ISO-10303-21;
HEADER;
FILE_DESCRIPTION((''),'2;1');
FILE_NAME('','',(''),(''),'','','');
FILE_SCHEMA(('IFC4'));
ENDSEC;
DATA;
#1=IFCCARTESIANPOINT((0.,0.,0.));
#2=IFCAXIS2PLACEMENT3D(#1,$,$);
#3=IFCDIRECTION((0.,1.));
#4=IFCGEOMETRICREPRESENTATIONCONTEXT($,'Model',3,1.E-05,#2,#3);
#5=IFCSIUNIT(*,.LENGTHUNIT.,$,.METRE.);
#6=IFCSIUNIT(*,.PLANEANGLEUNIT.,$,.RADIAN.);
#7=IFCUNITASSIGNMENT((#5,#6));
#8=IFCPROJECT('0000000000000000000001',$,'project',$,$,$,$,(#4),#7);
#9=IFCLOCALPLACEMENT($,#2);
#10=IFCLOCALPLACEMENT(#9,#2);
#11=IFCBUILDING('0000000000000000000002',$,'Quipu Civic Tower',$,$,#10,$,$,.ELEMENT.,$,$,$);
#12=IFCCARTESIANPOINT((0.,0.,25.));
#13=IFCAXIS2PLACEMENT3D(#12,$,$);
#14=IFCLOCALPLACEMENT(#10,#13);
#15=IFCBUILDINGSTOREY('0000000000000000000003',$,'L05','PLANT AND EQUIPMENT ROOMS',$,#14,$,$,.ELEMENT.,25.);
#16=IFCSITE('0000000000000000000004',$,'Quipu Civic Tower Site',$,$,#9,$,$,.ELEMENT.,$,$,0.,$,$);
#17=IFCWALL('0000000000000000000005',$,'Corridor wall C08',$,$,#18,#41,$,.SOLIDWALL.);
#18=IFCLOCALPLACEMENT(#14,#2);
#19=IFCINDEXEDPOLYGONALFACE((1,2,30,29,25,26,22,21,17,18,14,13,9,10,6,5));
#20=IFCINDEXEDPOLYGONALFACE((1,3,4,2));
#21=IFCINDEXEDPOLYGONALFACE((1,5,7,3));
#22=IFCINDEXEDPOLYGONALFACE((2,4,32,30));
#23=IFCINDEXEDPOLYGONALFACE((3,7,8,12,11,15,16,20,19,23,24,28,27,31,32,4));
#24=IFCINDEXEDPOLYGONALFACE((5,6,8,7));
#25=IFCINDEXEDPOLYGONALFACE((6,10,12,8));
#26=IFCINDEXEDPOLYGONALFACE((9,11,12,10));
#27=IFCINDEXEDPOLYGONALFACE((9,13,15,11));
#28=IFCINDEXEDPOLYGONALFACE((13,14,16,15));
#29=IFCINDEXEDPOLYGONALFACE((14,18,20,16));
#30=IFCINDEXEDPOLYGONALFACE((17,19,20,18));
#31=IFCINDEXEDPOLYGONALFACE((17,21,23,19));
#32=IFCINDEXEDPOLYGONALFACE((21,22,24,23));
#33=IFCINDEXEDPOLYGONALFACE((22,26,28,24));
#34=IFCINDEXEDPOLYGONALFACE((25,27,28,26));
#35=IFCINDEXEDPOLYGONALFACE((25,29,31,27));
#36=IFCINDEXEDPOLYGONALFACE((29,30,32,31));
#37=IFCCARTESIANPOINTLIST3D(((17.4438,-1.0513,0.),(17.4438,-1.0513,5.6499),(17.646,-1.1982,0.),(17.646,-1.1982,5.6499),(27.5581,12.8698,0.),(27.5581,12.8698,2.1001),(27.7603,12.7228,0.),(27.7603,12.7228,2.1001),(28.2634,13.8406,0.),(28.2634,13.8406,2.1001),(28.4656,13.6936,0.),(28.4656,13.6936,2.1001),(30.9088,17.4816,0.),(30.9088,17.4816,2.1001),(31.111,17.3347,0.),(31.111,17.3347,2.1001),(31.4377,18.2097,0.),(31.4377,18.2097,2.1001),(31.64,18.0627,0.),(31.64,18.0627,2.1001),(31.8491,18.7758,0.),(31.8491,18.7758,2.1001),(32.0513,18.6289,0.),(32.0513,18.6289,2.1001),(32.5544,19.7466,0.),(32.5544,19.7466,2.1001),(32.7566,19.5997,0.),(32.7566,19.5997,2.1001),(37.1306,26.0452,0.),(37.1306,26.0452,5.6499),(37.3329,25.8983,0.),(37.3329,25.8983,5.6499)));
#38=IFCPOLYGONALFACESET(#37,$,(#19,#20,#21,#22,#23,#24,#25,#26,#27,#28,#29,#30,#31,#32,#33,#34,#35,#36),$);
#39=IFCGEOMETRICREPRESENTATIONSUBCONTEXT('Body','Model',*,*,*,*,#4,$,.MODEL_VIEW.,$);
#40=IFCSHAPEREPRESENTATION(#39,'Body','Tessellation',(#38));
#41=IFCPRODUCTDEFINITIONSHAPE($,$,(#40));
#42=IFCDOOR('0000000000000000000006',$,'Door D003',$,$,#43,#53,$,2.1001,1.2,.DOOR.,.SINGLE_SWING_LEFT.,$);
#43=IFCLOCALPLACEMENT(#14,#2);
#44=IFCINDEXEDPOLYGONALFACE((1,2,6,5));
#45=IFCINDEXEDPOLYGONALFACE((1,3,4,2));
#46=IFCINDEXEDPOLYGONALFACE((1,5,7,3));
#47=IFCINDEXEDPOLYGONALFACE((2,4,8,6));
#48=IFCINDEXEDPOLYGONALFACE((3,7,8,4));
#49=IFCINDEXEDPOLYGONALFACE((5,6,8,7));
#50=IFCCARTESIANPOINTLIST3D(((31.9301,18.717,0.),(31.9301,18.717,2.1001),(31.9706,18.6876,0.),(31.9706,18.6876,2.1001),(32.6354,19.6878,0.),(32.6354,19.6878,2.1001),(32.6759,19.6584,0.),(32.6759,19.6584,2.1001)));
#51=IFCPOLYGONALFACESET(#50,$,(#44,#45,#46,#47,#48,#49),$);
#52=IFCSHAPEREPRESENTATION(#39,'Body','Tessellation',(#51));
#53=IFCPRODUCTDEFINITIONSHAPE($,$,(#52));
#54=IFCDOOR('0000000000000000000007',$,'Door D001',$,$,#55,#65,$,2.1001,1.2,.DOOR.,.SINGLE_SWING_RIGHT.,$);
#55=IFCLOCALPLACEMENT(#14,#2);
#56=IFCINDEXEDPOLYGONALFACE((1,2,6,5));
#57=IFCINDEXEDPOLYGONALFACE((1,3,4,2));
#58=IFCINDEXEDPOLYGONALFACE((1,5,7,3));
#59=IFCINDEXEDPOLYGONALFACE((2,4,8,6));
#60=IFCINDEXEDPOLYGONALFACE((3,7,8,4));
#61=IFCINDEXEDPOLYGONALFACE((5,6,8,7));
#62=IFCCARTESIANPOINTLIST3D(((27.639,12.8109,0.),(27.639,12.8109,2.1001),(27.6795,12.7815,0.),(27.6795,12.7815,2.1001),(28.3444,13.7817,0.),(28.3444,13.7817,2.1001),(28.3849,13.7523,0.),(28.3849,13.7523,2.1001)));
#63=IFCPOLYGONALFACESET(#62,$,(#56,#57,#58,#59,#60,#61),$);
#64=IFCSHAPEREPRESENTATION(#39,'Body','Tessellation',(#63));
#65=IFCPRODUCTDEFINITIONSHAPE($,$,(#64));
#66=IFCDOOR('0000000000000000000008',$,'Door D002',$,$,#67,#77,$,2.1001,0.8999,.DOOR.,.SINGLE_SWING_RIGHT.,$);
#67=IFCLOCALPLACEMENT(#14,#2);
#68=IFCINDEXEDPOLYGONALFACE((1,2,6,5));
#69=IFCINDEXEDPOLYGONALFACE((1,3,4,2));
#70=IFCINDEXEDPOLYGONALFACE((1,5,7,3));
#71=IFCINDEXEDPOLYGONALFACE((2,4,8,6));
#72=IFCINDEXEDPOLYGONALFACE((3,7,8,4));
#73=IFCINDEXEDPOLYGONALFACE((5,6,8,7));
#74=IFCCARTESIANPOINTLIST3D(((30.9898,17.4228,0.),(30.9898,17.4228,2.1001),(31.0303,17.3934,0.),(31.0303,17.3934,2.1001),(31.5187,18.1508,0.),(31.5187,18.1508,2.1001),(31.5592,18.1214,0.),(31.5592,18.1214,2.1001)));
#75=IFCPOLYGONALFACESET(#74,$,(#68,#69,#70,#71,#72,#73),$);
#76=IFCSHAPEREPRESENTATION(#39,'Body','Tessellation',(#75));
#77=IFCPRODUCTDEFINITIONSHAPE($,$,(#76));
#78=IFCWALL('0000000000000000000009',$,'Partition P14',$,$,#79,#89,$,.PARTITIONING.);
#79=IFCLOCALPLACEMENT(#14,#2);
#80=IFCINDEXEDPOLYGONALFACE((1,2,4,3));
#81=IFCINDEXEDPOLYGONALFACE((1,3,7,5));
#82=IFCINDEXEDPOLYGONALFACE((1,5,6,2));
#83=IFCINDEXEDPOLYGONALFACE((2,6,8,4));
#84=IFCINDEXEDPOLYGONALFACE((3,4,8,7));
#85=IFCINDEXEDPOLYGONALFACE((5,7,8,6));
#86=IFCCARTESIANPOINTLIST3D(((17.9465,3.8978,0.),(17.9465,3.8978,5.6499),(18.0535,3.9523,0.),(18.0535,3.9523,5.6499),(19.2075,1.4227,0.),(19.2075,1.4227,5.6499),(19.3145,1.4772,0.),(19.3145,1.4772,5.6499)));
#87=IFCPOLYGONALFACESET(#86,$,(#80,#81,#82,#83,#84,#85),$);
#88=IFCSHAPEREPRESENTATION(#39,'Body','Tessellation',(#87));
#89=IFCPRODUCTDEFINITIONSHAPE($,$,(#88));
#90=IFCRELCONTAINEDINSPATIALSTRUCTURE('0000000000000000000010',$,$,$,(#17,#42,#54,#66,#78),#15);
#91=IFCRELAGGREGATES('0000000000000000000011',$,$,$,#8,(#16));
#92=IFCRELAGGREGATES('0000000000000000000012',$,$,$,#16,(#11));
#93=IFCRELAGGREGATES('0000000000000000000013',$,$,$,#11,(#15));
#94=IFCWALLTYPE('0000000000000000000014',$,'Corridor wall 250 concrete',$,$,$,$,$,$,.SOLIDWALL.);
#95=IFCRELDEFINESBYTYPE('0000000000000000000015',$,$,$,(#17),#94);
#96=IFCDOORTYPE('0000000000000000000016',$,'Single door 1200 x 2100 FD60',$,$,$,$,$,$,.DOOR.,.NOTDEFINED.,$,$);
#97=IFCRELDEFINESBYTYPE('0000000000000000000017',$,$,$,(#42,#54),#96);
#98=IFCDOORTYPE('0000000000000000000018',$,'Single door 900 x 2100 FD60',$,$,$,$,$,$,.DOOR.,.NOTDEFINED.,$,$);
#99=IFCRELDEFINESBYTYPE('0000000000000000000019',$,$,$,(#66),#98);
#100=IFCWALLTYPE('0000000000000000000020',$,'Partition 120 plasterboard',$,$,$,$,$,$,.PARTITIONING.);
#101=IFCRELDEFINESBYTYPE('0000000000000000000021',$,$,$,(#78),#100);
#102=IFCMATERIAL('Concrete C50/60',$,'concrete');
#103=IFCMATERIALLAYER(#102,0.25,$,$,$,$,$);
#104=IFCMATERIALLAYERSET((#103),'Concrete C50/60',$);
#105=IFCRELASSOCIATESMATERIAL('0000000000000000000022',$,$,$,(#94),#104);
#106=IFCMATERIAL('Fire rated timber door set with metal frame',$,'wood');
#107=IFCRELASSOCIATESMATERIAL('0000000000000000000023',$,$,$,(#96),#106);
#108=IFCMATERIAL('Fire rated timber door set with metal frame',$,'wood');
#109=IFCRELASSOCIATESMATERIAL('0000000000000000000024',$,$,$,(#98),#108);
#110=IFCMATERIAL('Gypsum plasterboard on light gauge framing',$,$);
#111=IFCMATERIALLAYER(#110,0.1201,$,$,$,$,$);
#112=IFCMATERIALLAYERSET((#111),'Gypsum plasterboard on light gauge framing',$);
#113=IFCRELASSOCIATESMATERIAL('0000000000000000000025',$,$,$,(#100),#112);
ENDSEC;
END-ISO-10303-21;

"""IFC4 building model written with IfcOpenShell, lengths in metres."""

from ifc_helpers import new_model, si_unit, direction, frame, frame_2d, origin, place, context, subcontext, project, spatial, rectangle, extrude, material, layer, layer_set, type_object, element, fill, save


model = new_model("IFC4")

# Units and contexts
model_context = context("Model", 3, precision=1e-05, world=origin(), true_north=direction((0.0, 1.0)))
body_context = subcontext(model_context, "Body", "Model", "MODEL_VIEW")
ifc_project = project(units=[si_unit("LENGTHUNIT", "METRE"), si_unit("PLANEANGLEUNIT", "RADIAN")], contexts=[model_context])

# Site, building, storey
site_placement = place(None, origin())
site = spatial("IfcSite", under=ifc_project, at=site_placement, Name="Quipu Civic Tower Site", CompositionType="ELEMENT", RefElevation=0.0)
building_placement = place(site_placement, origin())
building = spatial("IfcBuilding", under=site, at=building_placement, Name="Quipu Civic Tower", CompositionType="ELEMENT")
storey_placement = place(building_placement, frame((0.0, 0.0, 25.0)))
storey = spatial("IfcBuildingStorey", under=building, at=storey_placement, Name="L05", Description="PLANT AND EQUIPMENT ROOMS", CompositionType="ELEMENT", Elevation=25.0)

# Wall, openings, doors
ifc_material_1 = material(Name="Concrete C50/60", Category="concrete")
ifc_layer_1 = layer(ifc_material_1, 0.25)
ifc_layer_set_1 = layer_set([ifc_layer_1], Name="Concrete C50/60")
wall_type_1 = type_object("IfcWallType", Name="Corridor wall 250 concrete", PredefinedType="SOLIDWALL", material=ifc_layer_set_1)
wall_1_placement = place(storey_placement, frame((17.5449, -1.1248, 0.0), z_axis=(0.0, 0.0, 1.0), x_axis=(0.587786, 0.809016, 0.0)))
wall_1 = element("IfcWall", 1, at=wall_1_placement, inside=storey, type_object=wall_type_1, Name="Corridor wall C08", PredefinedType="SOLIDWALL", context=body_context, shape_type="SweptSolid", body=[
    extrude(rectangle(XDim=33.4932, YDim=0.25, at=frame_2d((16.7466, 0.0))), origin(), (0.0, 0.0, 1.0), 5.6499),
])
opening_1_placement = place(wall_1_placement, frame((24.5076, 0.0, 0.0)))
opening_1 = element("IfcOpeningElement", 2, at=opening_1_placement, cuts=wall_1, PredefinedType="OPENING", context=body_context, shape_type="SweptSolid", body=[
    extrude(rectangle(XDim=1.2, YDim=2.1001, at=frame_2d((0.6001, 1.05))), frame((0.0, 0.135, 0.0), z_axis=(0.0, -1.0, 0.0), x_axis=(1.0, 0.0, 0.0)), (0.0, 0.0, 1.0), 0.27),
])
opening_2_placement = place(wall_1_placement, frame((17.2073, 0.0, 0.0)))
opening_2 = element("IfcOpeningElement", 3, at=opening_2_placement, cuts=wall_1, PredefinedType="OPENING", context=body_context, shape_type="SweptSolid", body=[
    extrude(rectangle(XDim=1.2, YDim=2.1001, at=frame_2d((0.6001, 1.05))), frame((0.0, 0.135, 0.0), z_axis=(0.0, -1.0, 0.0), x_axis=(1.0, 0.0, 0.0)), (0.0, 0.0, 1.0), 0.27),
])
opening_3_placement = place(wall_1_placement, frame((22.908, 0.0, 0.0)))
opening_3 = element("IfcOpeningElement", 4, at=opening_3_placement, cuts=wall_1, PredefinedType="OPENING", context=body_context, shape_type="SweptSolid", body=[
    extrude(rectangle(XDim=0.8999, YDim=2.1001, at=frame_2d((0.45, 1.05))), frame((0.0, 0.135, 0.0), z_axis=(0.0, -1.0, 0.0), x_axis=(1.0, 0.0, 0.0)), (0.0, 0.0, 1.0), 0.27),
])
ifc_material_2 = material(Name="Fire rated timber door set with metal frame", Category="wood")
door_type_1 = type_object("IfcDoorType", Name="Single door 1200 x 2100 FD60", OperationType="NOTDEFINED", PredefinedType="DOOR", material=ifc_material_2)
door_1_placement = place(opening_1_placement, origin())
door_1 = element("IfcDoor", 5, at=door_1_placement, inside=storey, type_object=door_type_1, Name="Door D003", OperationType="SINGLE_SWING_LEFT", OverallHeight=2.1001, OverallWidth=1.2, PredefinedType="DOOR", context=body_context, shape_type="SweptSolid", body=[
    extrude(rectangle(XDim=1.2, YDim=2.1001, at=frame_2d((0.6001, 1.05))), frame((0.0, 0.0249, 0.0), z_axis=(0.0, -1.0, 0.0), x_axis=(1.0, 0.0, 0.0)), (0.0, 0.0, 1.0), 0.05),
])
fill(opening_1, door_1)
door_2_placement = place(opening_2_placement, origin())
door_2 = element("IfcDoor", 6, at=door_2_placement, inside=storey, type_object=door_type_1, Name="Door D001", OperationType="SINGLE_SWING_RIGHT", OverallHeight=2.1001, OverallWidth=1.2, PredefinedType="DOOR", context=body_context, shape_type="SweptSolid", body=[
    extrude(rectangle(XDim=1.2, YDim=2.1001, at=frame_2d((0.6001, 1.05))), frame((0.0, 0.0249, 0.0), z_axis=(0.0, -1.0, 0.0), x_axis=(1.0, 0.0, 0.0)), (0.0, 0.0, 1.0), 0.05),
])
fill(opening_2, door_2)
ifc_material_3 = material(Name="Fire rated timber door set with metal frame", Category="wood")
door_type_2 = type_object("IfcDoorType", Name="Single door 900 x 2100 FD60", OperationType="NOTDEFINED", PredefinedType="DOOR", material=ifc_material_3)
door_3_placement = place(opening_3_placement, origin())
door_3 = element("IfcDoor", 7, at=door_3_placement, inside=storey, type_object=door_type_2, Name="Door D002", OperationType="SINGLE_SWING_RIGHT", OverallHeight=2.1001, OverallWidth=0.8999, PredefinedType="DOOR", context=body_context, shape_type="SweptSolid", body=[
    extrude(rectangle(XDim=0.8999, YDim=2.1001, at=frame_2d((0.45, 1.05))), frame((0.0, 0.0249, 0.0), z_axis=(0.0, -1.0, 0.0), x_axis=(1.0, 0.0, 0.0)), (0.0, 0.0, 1.0), 0.05),
])
fill(opening_3, door_3)

# Wall
ifc_material_4 = material(Name="Gypsum plasterboard on light gauge framing")
ifc_layer_2 = layer(ifc_material_4, 0.1201)
ifc_layer_set_2 = layer_set([ifc_layer_2], Name="Gypsum plasterboard on light gauge framing")
wall_type_2 = type_object("IfcWallType", Name="Partition 120 plasterboard", PredefinedType="PARTITIONING", material=ifc_layer_set_2)
wall_2_placement = place(storey_placement, frame((18.0, 3.925, 0.0), z_axis=(0.0, 0.0, 1.0), x_axis=(0.453951, -0.891027, 0.0)))
element("IfcWall", 8, at=wall_2_placement, inside=storey, type_object=wall_type_2, Name="Partition P14", PredefinedType="PARTITIONING", context=body_context, shape_type="SweptSolid", body=[
    extrude(rectangle(XDim=2.7778, YDim=0.1201, at=frame_2d((1.3889, 0.0))), origin(), (0.0, 0.0, 1.0), 5.6499),
])

save(model, "model.ifc")
